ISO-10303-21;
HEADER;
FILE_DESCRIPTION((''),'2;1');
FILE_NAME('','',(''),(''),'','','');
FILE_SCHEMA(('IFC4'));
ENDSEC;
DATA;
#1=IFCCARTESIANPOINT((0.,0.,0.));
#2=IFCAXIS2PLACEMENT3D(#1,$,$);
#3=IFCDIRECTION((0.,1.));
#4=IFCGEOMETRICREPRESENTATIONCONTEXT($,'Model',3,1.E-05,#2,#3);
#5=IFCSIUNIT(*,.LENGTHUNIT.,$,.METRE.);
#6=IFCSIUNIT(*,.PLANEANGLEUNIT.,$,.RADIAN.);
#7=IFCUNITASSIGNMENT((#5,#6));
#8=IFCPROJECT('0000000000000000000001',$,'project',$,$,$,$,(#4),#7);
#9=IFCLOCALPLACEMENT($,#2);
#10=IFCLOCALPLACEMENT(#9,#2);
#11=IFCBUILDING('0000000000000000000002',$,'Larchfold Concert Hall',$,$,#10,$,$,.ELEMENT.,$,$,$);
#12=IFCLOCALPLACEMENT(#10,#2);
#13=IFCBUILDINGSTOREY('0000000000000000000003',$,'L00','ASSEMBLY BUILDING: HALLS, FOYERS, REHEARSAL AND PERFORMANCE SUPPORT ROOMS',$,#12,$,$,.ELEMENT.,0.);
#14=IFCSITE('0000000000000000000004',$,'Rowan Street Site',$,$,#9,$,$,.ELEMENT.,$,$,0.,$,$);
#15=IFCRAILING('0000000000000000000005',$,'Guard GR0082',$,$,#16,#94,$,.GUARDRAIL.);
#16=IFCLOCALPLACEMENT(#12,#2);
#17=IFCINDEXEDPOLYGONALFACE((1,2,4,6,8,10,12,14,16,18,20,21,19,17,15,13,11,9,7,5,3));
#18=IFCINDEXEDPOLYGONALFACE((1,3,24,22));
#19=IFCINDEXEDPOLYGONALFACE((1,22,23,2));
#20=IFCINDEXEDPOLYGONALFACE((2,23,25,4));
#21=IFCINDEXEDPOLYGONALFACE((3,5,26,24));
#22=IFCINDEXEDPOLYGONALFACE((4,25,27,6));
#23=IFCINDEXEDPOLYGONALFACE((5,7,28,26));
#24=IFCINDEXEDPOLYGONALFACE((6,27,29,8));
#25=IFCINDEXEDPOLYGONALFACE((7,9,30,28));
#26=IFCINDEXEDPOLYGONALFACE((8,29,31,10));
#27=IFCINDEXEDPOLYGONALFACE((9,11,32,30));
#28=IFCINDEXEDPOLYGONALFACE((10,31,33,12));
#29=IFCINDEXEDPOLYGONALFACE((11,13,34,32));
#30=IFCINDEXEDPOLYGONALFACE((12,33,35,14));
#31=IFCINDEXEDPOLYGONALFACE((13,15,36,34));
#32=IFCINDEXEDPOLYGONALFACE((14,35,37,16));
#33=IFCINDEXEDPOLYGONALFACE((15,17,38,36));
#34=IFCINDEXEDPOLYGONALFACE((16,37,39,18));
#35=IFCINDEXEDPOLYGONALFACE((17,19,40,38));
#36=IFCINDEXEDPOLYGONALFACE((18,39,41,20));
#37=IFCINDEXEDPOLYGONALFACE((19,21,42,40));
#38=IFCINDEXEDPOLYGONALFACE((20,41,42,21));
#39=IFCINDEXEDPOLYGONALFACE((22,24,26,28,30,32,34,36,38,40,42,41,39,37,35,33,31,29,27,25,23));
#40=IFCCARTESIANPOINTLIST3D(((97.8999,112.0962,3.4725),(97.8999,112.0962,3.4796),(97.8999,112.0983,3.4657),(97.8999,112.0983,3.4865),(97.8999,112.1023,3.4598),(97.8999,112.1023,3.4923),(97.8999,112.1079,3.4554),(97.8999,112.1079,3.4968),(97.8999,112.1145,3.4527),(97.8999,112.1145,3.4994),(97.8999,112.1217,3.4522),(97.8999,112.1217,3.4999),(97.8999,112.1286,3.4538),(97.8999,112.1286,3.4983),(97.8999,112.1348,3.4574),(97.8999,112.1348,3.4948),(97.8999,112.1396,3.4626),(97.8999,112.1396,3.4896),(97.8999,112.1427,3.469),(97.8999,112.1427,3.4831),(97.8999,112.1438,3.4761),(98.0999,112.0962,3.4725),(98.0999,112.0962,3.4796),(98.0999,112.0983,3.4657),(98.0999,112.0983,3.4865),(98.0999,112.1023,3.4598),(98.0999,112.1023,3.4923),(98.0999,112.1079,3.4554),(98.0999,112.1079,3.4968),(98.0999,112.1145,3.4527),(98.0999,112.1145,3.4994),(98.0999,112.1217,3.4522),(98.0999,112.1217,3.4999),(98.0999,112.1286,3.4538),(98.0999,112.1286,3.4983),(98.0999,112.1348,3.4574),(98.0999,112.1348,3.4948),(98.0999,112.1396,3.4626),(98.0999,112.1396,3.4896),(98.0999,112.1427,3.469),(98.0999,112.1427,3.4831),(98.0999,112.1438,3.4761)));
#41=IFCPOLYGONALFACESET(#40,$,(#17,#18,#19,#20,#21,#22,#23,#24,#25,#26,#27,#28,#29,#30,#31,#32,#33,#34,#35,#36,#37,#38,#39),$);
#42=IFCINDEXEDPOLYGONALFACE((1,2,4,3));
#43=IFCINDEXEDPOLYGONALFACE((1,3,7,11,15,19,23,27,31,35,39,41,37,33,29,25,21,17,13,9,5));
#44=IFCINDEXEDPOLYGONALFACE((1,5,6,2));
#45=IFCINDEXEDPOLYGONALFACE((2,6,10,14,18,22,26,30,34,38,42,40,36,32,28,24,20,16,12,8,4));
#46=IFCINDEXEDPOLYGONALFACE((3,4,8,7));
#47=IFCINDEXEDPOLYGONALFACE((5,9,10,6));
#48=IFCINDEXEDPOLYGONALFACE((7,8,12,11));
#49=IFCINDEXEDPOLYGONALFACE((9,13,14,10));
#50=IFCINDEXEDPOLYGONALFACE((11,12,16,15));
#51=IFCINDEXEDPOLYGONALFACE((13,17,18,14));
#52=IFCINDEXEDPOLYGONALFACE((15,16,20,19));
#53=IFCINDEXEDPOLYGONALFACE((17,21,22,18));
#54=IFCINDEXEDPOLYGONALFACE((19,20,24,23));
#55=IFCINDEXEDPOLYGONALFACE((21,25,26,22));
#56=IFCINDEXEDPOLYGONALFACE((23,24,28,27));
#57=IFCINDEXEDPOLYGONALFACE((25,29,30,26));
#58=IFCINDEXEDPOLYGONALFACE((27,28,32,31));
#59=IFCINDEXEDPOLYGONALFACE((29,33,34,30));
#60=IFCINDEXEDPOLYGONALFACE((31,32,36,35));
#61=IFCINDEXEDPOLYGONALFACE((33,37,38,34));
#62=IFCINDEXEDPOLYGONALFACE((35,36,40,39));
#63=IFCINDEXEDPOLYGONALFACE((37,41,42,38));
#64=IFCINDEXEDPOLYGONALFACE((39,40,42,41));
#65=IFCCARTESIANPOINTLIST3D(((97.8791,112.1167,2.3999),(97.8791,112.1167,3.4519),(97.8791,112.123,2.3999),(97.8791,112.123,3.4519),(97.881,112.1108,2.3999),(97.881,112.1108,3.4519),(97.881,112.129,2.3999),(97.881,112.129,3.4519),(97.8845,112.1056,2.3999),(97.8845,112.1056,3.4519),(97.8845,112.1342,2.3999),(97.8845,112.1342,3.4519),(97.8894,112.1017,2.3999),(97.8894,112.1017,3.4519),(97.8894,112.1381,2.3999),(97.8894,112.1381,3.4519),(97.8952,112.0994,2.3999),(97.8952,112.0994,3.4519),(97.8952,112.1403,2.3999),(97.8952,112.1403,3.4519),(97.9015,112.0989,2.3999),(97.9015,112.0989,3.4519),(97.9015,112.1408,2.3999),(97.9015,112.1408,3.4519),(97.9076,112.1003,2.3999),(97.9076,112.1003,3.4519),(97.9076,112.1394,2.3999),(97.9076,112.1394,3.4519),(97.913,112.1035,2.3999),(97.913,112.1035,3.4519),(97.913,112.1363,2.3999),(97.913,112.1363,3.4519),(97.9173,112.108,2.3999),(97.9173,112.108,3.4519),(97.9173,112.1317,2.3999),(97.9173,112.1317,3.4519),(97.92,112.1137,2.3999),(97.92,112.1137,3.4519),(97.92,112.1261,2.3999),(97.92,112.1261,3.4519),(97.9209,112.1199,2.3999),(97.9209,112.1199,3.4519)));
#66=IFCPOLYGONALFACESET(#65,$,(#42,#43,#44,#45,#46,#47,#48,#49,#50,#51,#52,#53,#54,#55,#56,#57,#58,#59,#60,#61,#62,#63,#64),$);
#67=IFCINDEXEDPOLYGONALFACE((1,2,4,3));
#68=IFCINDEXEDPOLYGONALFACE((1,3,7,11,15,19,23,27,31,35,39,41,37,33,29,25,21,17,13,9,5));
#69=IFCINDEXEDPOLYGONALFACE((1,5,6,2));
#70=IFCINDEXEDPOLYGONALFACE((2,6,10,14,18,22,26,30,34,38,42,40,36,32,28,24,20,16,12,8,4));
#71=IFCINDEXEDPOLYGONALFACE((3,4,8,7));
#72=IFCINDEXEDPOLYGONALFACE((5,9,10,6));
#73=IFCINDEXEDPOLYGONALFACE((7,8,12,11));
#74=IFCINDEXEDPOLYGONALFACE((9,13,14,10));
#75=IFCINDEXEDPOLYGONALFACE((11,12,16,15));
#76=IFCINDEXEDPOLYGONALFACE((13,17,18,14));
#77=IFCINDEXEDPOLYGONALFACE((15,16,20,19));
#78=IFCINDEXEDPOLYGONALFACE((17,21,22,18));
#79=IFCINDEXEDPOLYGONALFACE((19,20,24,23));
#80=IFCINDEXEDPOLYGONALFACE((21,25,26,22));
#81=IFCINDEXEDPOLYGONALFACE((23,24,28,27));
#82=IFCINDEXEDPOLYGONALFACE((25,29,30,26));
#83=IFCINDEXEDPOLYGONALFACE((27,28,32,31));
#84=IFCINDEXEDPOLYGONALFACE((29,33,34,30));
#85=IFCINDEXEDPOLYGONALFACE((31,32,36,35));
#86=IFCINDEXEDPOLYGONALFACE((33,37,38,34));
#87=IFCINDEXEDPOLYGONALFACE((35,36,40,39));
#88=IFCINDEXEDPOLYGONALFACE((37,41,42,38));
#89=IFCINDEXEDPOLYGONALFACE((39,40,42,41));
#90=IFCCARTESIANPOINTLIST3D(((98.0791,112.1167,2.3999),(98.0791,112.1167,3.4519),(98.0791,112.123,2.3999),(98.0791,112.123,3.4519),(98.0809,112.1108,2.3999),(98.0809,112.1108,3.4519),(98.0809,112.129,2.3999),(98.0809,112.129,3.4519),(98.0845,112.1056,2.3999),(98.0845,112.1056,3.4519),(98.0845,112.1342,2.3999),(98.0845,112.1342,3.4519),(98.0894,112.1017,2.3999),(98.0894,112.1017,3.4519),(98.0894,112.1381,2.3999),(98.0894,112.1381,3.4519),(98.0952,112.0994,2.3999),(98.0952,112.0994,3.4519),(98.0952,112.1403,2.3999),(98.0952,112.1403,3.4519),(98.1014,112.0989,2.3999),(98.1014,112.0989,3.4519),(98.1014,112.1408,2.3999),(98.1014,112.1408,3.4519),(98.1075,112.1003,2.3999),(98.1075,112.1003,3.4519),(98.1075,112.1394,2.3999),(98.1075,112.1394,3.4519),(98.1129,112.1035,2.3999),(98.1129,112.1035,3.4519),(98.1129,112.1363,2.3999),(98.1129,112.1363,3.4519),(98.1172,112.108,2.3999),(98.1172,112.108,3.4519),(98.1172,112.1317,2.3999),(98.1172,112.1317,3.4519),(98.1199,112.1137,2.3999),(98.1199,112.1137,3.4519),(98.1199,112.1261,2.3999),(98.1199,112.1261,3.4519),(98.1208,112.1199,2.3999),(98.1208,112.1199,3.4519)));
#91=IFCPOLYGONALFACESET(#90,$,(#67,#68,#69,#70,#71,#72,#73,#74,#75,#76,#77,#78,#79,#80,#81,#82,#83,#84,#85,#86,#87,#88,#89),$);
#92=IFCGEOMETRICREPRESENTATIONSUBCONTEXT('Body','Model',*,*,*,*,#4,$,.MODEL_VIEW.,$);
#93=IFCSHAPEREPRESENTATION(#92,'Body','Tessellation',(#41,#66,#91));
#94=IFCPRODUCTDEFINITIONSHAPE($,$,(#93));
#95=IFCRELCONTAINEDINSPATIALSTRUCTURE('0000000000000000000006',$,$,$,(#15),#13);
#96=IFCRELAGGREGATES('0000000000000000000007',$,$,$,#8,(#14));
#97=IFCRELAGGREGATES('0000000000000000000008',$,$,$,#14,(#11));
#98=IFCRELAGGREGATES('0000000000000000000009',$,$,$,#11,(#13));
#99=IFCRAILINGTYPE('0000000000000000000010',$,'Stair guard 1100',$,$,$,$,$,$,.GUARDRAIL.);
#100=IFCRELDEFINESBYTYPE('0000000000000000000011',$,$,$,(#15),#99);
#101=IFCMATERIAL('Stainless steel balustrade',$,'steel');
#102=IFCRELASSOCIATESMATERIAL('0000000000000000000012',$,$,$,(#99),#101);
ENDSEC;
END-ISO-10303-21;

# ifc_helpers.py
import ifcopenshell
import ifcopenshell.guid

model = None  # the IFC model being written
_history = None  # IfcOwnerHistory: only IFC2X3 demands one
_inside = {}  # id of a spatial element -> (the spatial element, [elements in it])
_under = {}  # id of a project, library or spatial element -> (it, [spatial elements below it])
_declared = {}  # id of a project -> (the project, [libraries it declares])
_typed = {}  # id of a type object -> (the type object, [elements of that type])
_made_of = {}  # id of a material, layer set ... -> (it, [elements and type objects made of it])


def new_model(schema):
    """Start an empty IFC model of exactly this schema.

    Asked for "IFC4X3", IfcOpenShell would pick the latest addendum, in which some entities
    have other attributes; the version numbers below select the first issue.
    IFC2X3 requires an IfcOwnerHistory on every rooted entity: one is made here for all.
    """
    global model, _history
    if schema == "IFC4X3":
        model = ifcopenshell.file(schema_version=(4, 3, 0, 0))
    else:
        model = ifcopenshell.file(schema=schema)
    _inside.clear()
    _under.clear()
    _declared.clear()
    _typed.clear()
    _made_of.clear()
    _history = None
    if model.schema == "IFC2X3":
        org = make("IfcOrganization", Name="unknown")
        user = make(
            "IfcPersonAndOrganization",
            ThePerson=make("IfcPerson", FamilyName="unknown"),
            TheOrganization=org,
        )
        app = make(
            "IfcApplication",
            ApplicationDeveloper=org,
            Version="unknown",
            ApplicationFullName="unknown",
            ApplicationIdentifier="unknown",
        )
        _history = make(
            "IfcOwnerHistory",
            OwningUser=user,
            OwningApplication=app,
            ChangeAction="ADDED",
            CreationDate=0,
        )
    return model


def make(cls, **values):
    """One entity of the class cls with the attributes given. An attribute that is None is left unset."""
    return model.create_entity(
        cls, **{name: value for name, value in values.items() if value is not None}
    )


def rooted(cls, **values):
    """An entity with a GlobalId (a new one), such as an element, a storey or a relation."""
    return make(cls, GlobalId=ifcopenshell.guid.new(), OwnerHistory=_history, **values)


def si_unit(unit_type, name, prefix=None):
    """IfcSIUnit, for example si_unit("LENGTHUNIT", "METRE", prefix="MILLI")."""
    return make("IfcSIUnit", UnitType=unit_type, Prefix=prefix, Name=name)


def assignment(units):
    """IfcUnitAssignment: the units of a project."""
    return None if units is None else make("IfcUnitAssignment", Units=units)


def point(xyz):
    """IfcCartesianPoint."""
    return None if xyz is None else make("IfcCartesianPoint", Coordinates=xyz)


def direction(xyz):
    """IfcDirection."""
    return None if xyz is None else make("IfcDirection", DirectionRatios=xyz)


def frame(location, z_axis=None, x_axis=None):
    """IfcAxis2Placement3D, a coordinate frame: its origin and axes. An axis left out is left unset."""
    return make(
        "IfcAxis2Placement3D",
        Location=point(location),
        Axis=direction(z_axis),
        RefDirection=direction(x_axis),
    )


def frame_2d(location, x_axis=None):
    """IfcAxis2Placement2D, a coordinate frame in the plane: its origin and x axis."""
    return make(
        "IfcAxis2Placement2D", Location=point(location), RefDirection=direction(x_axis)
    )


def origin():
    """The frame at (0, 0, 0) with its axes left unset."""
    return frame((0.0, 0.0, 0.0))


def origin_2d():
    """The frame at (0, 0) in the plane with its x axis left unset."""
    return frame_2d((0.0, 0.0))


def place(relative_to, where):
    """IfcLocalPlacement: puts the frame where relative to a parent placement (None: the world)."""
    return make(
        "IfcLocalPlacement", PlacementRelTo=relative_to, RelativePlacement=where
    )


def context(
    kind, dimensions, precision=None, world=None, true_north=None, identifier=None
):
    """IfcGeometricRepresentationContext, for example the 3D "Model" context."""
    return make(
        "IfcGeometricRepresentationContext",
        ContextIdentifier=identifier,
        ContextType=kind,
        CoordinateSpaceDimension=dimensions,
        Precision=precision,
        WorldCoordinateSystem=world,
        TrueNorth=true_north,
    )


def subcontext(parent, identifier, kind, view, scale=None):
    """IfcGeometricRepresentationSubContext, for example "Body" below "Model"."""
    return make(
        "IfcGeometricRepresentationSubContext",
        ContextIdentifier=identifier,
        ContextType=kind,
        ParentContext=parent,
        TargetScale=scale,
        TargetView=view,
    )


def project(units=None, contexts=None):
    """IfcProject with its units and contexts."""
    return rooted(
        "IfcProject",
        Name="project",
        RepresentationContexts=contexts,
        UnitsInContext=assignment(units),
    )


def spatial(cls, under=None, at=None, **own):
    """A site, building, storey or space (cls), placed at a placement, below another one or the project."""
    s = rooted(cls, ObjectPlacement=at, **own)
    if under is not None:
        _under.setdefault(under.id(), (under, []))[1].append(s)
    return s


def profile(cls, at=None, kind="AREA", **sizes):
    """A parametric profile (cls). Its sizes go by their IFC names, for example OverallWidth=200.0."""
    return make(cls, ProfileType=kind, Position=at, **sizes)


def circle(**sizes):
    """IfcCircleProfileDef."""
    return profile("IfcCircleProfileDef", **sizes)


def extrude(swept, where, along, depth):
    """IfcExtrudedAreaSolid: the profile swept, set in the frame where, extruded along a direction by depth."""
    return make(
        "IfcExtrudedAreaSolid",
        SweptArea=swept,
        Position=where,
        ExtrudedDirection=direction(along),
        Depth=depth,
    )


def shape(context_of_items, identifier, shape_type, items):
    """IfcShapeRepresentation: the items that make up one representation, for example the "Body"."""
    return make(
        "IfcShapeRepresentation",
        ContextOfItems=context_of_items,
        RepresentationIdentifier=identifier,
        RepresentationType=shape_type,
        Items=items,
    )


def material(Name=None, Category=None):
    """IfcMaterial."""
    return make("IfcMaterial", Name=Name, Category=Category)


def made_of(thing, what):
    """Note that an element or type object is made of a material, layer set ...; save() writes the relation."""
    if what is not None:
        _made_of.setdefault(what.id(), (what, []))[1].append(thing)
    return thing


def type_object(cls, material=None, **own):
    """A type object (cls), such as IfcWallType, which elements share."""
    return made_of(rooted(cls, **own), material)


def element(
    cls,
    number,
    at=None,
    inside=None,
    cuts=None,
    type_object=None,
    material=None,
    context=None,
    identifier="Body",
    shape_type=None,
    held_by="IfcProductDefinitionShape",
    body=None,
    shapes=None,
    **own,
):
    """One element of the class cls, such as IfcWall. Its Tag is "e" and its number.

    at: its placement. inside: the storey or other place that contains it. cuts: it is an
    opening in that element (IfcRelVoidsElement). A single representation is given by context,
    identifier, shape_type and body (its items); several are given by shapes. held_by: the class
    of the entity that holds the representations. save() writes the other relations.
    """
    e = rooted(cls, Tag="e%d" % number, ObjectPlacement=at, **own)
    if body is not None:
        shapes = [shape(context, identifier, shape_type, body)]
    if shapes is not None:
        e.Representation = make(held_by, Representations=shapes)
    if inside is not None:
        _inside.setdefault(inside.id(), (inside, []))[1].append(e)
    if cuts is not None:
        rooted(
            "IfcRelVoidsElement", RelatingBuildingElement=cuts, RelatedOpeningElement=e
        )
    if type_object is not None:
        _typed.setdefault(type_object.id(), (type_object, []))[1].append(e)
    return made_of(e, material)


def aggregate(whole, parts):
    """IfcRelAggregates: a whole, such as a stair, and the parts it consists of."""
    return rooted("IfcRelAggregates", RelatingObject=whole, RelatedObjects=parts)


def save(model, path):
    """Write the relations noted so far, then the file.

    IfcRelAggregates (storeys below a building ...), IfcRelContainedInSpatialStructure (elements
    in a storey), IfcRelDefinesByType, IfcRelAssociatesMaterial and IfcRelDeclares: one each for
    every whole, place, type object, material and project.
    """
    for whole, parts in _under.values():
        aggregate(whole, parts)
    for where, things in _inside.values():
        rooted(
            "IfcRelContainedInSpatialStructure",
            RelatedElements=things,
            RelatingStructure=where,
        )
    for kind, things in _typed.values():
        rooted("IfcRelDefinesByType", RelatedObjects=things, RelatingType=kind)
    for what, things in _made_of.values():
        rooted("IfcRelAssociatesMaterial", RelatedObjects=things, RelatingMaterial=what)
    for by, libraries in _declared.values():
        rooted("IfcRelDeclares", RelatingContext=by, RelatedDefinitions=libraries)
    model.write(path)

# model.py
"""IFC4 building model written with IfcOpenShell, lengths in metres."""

from ifc_helpers import new_model, si_unit, direction, frame, origin, origin_2d, place, context, subcontext, project, spatial, circle, extrude, material, type_object, element, save


model = new_model("IFC4")

# Units and contexts
model_context = context("Model", 3, precision=1e-05, world=origin(), true_north=direction((0.0, 1.0)))
body_context = subcontext(model_context, "Body", "Model", "MODEL_VIEW")
ifc_project = project(units=[si_unit("LENGTHUNIT", "METRE"), si_unit("PLANEANGLEUNIT", "RADIAN")], contexts=[model_context])

# Site, building, storey
site_placement = place(None, origin())
site = spatial("IfcSite", under=ifc_project, at=site_placement, Name="Rowan Street Site", CompositionType="ELEMENT", RefElevation=0.0)
building_placement = place(site_placement, origin())
building = spatial("IfcBuilding", under=site, at=building_placement, Name="Larchfold Concert Hall", CompositionType="ELEMENT")
storey_placement = place(building_placement, origin())
storey = spatial("IfcBuildingStorey", under=building, at=storey_placement, Name="L00", Description="ASSEMBLY BUILDING: HALLS, FOYERS, REHEARSAL AND PERFORMANCE SUPPORT ROOMS", CompositionType="ELEMENT", Elevation=0.0)

# Railing
ifc_material_1 = material(Name="Stainless steel balustrade", Category="steel")
railing_type_1 = type_object("IfcRailingType", Name="Stair guard 1100", PredefinedType="GUARDRAIL", material=ifc_material_1)
railing_1_placement = place(storey_placement, frame((97.8999, 112.1199, 2.3999)))
element("IfcRailing", 1, at=railing_1_placement, inside=storey, type_object=railing_type_1, Name="Guard GR0082", PredefinedType="GUARDRAIL", context=body_context, shape_type="SweptSolid", body=[
    extrude(circle(Radius=0.0239, at=origin_2d()), frame((0.0, 0.0, 1.0762), z_axis=(1.0, 0.0, 0.0), x_axis=(0.0, 1.0, 0.0)), (0.0, 0.0, 1.0), 0.2),
    extrude(circle(Radius=0.021, at=origin_2d()), origin(), (0.0, 0.0, 1.0), 1.052),
    extrude(circle(Radius=0.021, at=origin_2d()), frame((0.2, 0.0, 0.0)), (0.0, 0.0, 1.0), 1.052),
])

save(model, "model.ifc")
